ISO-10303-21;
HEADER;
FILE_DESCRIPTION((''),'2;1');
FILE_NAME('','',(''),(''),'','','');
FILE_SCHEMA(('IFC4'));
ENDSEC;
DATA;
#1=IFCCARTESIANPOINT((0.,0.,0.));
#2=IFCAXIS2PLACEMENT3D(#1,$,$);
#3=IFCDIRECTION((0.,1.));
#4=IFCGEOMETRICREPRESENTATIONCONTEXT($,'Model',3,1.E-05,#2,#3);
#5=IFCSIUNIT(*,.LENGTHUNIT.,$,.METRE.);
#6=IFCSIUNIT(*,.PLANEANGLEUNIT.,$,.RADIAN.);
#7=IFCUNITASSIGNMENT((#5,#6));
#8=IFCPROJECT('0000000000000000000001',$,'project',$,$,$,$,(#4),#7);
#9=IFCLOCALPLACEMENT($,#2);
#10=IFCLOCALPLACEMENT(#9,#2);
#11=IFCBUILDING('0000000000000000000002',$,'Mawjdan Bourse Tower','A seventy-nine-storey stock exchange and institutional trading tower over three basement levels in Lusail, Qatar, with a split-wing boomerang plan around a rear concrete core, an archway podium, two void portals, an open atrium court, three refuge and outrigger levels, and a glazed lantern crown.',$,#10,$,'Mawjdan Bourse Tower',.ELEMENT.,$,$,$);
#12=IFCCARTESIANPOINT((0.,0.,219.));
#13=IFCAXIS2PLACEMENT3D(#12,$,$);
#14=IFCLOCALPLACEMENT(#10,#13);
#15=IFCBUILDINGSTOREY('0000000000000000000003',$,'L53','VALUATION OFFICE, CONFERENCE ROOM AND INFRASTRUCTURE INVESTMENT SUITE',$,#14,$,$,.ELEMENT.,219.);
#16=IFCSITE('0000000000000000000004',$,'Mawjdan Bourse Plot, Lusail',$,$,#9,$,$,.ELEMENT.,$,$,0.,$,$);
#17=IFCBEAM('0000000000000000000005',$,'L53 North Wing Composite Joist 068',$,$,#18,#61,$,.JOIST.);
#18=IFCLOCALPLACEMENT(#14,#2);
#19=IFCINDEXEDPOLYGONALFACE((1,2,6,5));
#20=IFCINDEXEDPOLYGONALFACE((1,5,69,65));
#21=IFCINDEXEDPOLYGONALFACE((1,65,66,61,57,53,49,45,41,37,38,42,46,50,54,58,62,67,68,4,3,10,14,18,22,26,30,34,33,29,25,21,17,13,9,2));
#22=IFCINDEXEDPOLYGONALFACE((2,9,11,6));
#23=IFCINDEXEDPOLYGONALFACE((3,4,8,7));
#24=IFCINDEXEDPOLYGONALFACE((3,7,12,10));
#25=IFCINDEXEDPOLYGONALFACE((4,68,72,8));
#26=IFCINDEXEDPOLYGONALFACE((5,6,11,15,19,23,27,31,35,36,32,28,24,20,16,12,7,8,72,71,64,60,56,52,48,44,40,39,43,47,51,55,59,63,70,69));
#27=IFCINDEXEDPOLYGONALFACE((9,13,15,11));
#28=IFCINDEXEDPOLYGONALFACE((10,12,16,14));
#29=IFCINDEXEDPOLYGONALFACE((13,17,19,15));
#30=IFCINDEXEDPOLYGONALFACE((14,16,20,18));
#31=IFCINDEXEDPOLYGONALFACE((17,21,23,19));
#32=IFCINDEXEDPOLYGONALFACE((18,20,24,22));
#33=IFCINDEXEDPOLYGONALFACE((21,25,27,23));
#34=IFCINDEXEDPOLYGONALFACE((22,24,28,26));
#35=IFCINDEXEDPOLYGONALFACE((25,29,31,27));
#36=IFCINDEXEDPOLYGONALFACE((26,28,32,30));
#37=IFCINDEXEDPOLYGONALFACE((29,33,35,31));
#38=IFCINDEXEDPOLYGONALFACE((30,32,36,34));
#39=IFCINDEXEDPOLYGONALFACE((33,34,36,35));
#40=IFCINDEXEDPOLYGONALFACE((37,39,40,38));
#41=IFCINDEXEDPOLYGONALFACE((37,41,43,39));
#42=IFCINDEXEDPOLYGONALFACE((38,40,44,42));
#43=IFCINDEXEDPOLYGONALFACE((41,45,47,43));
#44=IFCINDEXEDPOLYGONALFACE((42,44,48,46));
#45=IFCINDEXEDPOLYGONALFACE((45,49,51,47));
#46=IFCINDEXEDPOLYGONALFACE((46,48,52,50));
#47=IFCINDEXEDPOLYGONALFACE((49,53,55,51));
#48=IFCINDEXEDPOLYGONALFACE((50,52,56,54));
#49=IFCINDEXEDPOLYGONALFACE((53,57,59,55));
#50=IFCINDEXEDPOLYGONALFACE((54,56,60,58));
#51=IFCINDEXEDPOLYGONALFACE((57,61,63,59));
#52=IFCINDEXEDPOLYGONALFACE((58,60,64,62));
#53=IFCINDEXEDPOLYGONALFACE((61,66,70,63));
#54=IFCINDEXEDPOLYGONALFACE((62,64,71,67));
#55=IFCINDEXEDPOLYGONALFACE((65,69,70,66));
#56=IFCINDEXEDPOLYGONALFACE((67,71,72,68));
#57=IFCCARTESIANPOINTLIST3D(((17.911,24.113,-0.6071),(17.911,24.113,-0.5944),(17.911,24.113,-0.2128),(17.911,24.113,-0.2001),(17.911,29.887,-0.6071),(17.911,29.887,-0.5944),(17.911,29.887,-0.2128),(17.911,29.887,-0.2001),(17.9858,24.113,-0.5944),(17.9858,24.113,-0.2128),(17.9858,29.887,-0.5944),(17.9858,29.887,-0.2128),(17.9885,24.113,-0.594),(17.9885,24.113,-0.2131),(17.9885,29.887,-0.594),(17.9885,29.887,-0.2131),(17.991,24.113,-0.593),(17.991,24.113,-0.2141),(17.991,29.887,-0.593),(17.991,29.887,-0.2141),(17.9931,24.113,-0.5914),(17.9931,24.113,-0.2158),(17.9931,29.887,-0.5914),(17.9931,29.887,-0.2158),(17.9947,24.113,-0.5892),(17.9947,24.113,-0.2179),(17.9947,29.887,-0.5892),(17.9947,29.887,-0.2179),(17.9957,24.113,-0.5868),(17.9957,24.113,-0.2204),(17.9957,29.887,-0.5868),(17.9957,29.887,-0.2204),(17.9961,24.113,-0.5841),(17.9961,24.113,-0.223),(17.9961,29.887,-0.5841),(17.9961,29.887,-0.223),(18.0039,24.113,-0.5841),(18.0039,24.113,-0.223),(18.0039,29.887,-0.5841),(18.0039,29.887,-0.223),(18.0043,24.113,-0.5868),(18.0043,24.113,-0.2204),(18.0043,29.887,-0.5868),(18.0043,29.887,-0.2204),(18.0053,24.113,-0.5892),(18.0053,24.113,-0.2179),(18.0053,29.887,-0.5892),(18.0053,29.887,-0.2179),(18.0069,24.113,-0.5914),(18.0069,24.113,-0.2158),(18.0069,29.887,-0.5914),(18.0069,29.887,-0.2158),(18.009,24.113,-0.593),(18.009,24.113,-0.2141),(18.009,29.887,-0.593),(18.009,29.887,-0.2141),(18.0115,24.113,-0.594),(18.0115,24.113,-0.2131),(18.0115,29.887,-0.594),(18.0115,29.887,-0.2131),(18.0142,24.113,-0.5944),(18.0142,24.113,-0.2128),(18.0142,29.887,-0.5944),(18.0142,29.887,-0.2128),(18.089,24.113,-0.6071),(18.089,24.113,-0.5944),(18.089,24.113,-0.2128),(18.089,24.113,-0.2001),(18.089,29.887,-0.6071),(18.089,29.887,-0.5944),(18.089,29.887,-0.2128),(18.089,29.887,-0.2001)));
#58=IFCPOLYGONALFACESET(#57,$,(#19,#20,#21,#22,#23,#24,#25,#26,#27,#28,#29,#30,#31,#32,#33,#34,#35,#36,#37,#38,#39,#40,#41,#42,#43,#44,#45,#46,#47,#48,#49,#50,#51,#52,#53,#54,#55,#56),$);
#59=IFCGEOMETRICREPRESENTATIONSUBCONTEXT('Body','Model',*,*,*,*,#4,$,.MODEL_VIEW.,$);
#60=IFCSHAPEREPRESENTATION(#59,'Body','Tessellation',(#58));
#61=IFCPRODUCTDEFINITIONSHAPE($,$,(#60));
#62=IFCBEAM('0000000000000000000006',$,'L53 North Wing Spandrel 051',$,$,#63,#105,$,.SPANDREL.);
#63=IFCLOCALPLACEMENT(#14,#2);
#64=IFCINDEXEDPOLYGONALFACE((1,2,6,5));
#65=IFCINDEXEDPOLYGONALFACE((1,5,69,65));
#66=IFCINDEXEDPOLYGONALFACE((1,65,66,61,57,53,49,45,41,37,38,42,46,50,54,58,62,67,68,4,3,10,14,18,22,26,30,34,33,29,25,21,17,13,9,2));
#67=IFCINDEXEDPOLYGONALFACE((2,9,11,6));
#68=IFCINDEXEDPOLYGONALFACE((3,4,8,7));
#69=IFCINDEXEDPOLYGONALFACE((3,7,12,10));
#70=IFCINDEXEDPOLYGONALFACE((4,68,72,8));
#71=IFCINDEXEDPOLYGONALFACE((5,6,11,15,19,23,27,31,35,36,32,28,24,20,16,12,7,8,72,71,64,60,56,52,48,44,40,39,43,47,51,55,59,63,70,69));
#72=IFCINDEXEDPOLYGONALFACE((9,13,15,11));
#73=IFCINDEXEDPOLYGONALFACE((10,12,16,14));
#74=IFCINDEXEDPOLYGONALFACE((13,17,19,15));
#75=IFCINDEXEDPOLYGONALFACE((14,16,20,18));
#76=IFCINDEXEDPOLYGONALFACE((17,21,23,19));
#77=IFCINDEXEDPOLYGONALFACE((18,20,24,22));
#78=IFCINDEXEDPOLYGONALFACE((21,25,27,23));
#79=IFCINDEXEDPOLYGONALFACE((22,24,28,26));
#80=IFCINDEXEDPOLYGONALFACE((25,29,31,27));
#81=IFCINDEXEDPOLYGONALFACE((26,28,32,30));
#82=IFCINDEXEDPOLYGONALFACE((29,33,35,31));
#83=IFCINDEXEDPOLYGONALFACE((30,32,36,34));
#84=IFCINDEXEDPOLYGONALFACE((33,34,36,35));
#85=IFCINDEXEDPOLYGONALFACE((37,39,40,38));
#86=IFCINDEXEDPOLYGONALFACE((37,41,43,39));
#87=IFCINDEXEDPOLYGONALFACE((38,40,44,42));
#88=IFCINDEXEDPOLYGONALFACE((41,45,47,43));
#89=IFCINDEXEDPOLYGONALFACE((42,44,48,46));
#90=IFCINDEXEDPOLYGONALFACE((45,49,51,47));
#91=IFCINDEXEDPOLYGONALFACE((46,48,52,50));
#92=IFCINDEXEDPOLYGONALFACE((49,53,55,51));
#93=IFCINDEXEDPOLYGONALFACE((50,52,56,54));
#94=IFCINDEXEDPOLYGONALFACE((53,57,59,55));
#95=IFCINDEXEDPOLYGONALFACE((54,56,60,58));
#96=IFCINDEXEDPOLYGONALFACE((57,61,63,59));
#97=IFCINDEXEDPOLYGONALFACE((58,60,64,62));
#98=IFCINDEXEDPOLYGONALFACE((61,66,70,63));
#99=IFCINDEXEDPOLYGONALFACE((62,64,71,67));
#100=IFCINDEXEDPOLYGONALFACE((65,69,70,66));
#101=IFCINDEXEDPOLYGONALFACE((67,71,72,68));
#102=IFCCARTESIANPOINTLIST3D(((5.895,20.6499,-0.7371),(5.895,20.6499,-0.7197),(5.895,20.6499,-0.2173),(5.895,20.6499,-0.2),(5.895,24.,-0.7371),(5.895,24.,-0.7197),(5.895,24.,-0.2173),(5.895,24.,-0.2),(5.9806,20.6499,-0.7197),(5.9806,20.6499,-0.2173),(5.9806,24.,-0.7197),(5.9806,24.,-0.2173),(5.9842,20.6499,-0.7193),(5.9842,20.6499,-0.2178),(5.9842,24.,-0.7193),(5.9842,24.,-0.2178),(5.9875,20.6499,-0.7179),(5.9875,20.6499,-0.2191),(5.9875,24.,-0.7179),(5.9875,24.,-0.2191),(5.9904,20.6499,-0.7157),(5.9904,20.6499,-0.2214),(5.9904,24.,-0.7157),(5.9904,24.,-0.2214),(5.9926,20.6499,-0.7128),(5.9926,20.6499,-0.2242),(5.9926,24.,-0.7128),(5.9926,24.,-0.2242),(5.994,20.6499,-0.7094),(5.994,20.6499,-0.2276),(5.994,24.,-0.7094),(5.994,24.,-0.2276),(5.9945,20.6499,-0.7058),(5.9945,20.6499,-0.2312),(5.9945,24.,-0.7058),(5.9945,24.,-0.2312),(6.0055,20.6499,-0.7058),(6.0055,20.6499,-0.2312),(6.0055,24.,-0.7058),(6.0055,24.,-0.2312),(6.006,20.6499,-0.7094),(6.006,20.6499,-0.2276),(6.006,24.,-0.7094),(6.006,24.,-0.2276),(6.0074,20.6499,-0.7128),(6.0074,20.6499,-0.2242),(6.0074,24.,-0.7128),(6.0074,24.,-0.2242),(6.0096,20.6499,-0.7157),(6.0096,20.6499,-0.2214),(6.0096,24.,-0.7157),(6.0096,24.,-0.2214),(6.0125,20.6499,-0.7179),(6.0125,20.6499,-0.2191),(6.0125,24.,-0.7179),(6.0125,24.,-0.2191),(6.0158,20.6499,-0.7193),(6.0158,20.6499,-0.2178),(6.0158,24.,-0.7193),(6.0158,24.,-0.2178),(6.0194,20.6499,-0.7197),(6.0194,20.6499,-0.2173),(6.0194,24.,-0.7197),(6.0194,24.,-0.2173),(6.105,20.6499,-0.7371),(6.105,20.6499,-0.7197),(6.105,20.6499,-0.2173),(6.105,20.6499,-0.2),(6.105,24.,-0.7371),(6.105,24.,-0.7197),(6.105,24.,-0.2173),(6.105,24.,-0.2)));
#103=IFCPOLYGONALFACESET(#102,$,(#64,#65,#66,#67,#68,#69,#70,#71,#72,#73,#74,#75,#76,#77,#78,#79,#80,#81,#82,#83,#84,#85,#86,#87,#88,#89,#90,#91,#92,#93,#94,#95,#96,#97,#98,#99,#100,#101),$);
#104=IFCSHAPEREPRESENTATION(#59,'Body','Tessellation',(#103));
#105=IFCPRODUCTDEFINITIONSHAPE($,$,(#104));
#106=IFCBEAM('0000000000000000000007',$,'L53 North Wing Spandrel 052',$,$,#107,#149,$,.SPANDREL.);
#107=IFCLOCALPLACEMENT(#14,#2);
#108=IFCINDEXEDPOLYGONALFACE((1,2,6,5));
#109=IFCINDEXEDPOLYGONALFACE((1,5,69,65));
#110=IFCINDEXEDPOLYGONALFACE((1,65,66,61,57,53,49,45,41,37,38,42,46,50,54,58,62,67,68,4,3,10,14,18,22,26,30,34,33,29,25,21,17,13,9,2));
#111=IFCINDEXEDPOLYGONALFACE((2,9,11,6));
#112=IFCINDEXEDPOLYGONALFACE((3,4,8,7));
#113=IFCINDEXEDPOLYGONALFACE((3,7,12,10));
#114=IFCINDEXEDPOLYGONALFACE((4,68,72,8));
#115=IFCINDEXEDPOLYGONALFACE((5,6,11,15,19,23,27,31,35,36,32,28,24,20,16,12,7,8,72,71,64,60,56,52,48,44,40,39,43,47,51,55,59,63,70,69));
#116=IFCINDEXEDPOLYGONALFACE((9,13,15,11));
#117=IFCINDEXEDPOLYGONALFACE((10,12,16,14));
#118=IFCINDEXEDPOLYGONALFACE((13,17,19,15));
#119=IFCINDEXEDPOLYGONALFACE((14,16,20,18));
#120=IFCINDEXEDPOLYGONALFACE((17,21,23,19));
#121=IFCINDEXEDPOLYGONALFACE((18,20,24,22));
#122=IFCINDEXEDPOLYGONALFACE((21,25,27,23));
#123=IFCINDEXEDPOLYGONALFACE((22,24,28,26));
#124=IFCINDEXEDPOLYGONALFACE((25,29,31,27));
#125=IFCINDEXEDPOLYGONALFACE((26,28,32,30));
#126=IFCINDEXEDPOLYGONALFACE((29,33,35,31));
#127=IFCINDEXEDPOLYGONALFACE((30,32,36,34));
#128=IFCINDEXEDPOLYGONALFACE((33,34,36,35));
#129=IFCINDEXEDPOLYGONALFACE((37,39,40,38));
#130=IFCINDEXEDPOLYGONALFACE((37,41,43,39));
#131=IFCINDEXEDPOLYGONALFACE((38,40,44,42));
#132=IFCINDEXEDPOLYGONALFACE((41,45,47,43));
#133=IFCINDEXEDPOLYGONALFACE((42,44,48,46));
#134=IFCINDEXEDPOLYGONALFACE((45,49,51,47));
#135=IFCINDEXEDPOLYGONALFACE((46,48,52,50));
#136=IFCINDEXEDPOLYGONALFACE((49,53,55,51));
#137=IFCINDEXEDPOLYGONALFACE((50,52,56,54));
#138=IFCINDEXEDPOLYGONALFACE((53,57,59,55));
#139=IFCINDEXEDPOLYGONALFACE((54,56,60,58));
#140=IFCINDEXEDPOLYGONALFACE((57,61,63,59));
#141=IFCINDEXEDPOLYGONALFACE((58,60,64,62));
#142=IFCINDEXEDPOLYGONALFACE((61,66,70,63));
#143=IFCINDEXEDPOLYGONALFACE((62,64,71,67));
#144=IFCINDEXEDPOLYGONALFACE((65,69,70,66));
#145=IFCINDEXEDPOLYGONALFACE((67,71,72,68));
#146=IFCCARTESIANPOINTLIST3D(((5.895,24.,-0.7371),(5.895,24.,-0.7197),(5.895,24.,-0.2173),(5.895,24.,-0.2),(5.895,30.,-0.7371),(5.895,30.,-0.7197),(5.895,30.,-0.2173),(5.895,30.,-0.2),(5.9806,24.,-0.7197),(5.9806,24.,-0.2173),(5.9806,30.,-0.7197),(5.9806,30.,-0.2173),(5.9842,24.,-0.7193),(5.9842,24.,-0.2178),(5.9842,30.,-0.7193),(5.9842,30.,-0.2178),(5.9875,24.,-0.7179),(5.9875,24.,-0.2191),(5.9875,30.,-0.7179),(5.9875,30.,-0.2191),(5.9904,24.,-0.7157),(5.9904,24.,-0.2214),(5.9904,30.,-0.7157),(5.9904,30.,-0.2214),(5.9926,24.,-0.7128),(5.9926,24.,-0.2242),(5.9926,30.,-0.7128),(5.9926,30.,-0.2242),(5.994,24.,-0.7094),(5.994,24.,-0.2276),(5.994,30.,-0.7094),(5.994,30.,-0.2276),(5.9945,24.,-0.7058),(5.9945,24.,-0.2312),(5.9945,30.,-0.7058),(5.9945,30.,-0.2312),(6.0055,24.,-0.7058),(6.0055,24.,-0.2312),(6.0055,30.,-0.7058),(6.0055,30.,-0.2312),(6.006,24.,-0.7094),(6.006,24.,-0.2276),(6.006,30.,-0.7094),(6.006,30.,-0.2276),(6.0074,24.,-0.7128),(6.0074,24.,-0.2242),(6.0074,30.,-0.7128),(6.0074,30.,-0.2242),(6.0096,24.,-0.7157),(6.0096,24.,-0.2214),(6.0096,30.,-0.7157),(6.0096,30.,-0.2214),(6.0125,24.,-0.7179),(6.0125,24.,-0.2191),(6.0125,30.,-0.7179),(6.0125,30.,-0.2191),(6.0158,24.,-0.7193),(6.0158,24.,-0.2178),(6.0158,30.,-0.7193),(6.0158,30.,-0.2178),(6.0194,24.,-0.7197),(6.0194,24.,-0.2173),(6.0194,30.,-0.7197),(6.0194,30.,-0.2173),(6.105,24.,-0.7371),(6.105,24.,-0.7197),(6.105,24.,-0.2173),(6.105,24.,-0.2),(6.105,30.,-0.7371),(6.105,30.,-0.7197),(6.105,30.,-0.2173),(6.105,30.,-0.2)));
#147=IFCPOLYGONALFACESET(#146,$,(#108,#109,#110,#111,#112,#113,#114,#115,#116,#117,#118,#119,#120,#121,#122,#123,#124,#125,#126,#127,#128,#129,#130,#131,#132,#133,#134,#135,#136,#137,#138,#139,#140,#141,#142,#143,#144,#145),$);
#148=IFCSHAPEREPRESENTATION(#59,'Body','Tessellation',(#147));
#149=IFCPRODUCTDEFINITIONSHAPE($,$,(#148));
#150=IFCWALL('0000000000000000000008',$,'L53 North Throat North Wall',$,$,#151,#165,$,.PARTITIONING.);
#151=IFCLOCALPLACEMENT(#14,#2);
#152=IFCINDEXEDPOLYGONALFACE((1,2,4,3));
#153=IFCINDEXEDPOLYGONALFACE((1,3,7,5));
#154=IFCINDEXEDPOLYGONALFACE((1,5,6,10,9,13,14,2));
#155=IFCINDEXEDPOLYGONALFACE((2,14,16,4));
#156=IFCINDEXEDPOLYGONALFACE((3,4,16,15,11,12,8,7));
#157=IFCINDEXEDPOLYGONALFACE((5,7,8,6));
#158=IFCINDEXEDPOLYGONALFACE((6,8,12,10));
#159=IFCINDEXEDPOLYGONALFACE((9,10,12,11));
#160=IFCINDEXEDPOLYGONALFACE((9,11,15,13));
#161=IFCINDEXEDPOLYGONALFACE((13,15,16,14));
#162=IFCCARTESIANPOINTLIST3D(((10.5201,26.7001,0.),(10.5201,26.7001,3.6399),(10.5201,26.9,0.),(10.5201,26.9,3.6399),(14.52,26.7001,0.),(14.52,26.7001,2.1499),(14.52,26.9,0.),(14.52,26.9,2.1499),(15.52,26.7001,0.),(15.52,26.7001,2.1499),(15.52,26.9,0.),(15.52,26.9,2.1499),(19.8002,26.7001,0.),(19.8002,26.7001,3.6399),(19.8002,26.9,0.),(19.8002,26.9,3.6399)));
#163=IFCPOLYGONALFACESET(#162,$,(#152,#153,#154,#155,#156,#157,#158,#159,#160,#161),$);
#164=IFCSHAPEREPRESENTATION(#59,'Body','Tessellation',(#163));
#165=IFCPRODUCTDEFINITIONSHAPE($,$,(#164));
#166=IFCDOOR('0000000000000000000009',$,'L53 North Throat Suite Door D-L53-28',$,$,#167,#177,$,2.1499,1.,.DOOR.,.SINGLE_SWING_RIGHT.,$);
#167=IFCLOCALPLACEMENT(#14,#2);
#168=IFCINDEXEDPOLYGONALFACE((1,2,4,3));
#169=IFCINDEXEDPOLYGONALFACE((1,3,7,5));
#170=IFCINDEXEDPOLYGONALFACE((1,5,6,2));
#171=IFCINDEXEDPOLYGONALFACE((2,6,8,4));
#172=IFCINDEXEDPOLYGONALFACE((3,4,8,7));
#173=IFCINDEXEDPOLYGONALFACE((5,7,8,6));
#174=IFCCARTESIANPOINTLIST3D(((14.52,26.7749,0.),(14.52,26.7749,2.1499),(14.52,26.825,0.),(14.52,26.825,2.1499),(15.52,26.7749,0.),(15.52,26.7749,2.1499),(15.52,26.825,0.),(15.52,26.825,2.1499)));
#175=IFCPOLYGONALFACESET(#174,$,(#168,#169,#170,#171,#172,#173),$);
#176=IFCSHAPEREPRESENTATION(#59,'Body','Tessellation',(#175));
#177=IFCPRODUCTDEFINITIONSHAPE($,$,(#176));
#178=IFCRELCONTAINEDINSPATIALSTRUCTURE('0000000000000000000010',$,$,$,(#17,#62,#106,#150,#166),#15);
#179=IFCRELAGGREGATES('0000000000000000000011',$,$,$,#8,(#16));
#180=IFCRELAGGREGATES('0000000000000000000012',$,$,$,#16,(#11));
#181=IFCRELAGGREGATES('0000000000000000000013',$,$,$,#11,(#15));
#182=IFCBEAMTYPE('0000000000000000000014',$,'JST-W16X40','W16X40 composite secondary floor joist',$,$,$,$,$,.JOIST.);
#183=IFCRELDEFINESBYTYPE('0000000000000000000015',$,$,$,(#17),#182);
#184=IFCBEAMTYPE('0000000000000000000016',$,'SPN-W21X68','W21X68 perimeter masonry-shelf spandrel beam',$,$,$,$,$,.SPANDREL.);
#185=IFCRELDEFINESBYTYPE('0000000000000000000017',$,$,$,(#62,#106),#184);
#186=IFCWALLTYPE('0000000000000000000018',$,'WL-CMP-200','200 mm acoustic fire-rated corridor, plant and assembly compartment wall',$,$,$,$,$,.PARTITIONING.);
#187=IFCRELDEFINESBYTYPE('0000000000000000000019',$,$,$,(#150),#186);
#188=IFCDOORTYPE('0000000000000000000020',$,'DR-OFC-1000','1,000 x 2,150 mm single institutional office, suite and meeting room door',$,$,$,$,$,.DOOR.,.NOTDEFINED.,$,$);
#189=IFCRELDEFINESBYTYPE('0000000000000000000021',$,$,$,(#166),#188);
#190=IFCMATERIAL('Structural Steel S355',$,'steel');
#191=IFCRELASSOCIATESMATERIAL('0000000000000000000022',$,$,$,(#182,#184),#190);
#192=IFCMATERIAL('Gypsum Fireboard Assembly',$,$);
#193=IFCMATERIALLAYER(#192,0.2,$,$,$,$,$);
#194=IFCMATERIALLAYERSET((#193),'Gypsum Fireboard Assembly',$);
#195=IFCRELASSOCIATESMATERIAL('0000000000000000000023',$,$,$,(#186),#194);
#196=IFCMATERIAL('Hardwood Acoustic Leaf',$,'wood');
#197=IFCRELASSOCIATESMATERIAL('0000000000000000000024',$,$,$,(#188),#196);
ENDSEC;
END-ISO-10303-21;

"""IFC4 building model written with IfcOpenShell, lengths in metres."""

from ifc_helpers import new_model, si_unit, direction, frame, frame_2d, origin, origin_2d, place, context, subcontext, project, spatial, rectangle, i_section, extrude, material, layer, layer_set, material_profile, profile_set, type_object, element, fill, save


model = new_model("IFC4")

# Units and contexts
model_context = context("Model", 3, precision=1e-05, world=origin(), true_north=direction((0.0, 1.0)))
body_context = subcontext(model_context, "Body", "Model", "MODEL_VIEW")
ifc_project = project(units=[si_unit("LENGTHUNIT", "METRE"), si_unit("PLANEANGLEUNIT", "RADIAN")], contexts=[model_context])

# Site, building, storey
site_placement = place(None, origin())
site = spatial("IfcSite", under=ifc_project, at=site_placement, Name="Mawjdan Bourse Plot, Lusail", CompositionType="ELEMENT", RefElevation=0.0)
building_placement = place(site_placement, origin())
building = spatial("IfcBuilding", under=site, at=building_placement, Name="Mawjdan Bourse Tower", Description="A seventy-nine-storey stock exchange and institutional trading tower over three basement levels in Lusail, Qatar, with a split-wing boomerang plan around a rear concrete core, an archway podium, two void portals, an open atrium court, three refuge and outrigger levels, and a glazed lantern crown.", LongName="Mawjdan Bourse Tower", CompositionType="ELEMENT")
storey_placement = place(building_placement, frame((0.0, 0.0, 219.0)))
storey = spatial("IfcBuildingStorey", under=building, at=storey_placement, Name="L53", Description="VALUATION OFFICE, CONFERENCE ROOM AND INFRASTRUCTURE INVESTMENT SUITE", CompositionType="ELEMENT", Elevation=219.0)

# Beams
ifc_material_1 = material(Name="Structural Steel S355", Category="steel")
ifc_material_profile_1 = material_profile(ifc_material_1, i_section(OverallWidth=0.178, OverallDepth=0.407, WebThickness=0.0078, FlangeThickness=0.0127, FilletRadius=0.0103, at=origin_2d()), Name="W16X40")
ifc_profile_set_1 = profile_set([ifc_material_profile_1], Name="Structural Steel S355")
beam_type_1 = type_object("IfcBeamType", Name="JST-W16X40", Description="W16X40 composite secondary floor joist", PredefinedType="JOIST", material=ifc_profile_set_1)
beam_1_placement = place(storey_placement, frame((18.0, 24.113, -0.4036), z_axis=(0.0, 1.0, 0.0), x_axis=(-1.0, 0.0, 0.0)))
element("IfcBeam", 1, at=beam_1_placement, inside=storey, type_object=beam_type_1, Name="L53 North Wing Composite Joist 068", PredefinedType="JOIST", context=body_context, shape_type="SweptSolid", body=[
    extrude(i_section(OverallWidth=0.178, OverallDepth=0.407, WebThickness=0.0078, FlangeThickness=0.0127, FilletRadius=0.0103, at=origin_2d()), origin(), (0.0, 0.0, 1.0), 5.7739),
])
ifc_material_profile_2 = material_profile(ifc_material_1, i_section(OverallWidth=0.21, OverallDepth=0.5371, WebThickness=0.011, FlangeThickness=0.0173, FilletRadius=0.0139, at=origin_2d()), Name="W21X68")
ifc_profile_set_2 = profile_set([ifc_material_profile_2], Name="Structural Steel S355")
beam_type_2 = type_object("IfcBeamType", Name="SPN-W21X68", Description="W21X68 perimeter masonry-shelf spandrel beam", PredefinedType="SPANDREL", material=ifc_profile_set_2)
beam_2_placement = place(storey_placement, frame((6.0, 20.6499, -0.4685), z_axis=(0.0, 1.0, 0.0), x_axis=(-1.0, 0.0, 0.0)))
element("IfcBeam", 2, at=beam_2_placement, inside=storey, type_object=beam_type_2, Name="L53 North Wing Spandrel 051", PredefinedType="SPANDREL", context=body_context, shape_type="SweptSolid", body=[
    extrude(i_section(OverallWidth=0.21, OverallDepth=0.5371, WebThickness=0.011, FlangeThickness=0.0173, FilletRadius=0.0139, at=origin_2d()), origin(), (0.0, 0.0, 1.0), 3.3501),
])
beam_3_placement = place(storey_placement, frame((6.0, 24.0, -0.4685), z_axis=(0.0, 1.0, 0.0), x_axis=(-1.0, 0.0, 0.0)))
element("IfcBeam", 3, at=beam_3_placement, inside=storey, type_object=beam_type_2, Name="L53 North Wing Spandrel 052", PredefinedType="SPANDREL", context=body_context, shape_type="SweptSolid", body=[
    extrude(i_section(OverallWidth=0.21, OverallDepth=0.5371, WebThickness=0.011, FlangeThickness=0.0173, FilletRadius=0.0139, at=origin_2d()), origin(), (0.0, 0.0, 1.0), 6.0),
])

# Wall, opening, door
ifc_material_2 = material(Name="Gypsum Fireboard Assembly")
ifc_layer_1 = layer(ifc_material_2, 0.2)
ifc_layer_set_1 = layer_set([ifc_layer_1], Name="Gypsum Fireboard Assembly")
wall_type_1 = type_object("IfcWallType", Name="WL-CMP-200", Description="200 mm acoustic fire-rated corridor, plant and assembly compartment wall", PredefinedType="PARTITIONING", material=ifc_layer_set_1)
wall_1_placement = place(storey_placement, frame((10.52, 26.8, 0.0), z_axis=(0.0, 0.0, 1.0), x_axis=(1.0, 0.0, 0.0)))
wall_1 = element("IfcWall", 4, at=wall_1_placement, inside=storey, type_object=wall_type_1, Name="L53 North Throat North Wall", PredefinedType="PARTITIONING", context=body_context, shape_type="SweptSolid", body=[
    extrude(rectangle(XDim=9.28, YDim=0.2, at=frame_2d((4.6401, 0.0))), origin(), (0.0, 0.0, 1.0), 3.6399),
])
opening_1_placement = place(wall_1_placement, frame((4.0, 0.0, 0.0)))
opening_1 = element("IfcOpeningElement", 5, at=opening_1_placement, cuts=wall_1, PredefinedType="OPENING", context=body_context, shape_type="SweptSolid", body=[
    extrude(rectangle(XDim=1.0, YDim=2.1499, at=frame_2d((0.5, 1.075))), frame((0.0, 0.1099, 0.0), z_axis=(0.0, -1.0, 0.0), x_axis=(1.0, 0.0, 0.0)), (0.0, 0.0, 1.0), 0.22),
])
ifc_material_3 = material(Name="Hardwood Acoustic Leaf", Category="wood")
door_type_1 = type_object("IfcDoorType", Name="DR-OFC-1000", Description="1,000 x 2,150 mm single institutional office, suite and meeting room door", OperationType="NOTDEFINED", PredefinedType="DOOR", material=ifc_material_3)
door_1_placement = place(opening_1_placement, origin())
door_1 = element("IfcDoor", 6, at=door_1_placement, inside=storey, type_object=door_type_1, Name="L53 North Throat Suite Door D-L53-28", OperationType="SINGLE_SWING_RIGHT", OverallHeight=2.1499, OverallWidth=1.0, PredefinedType="DOOR", context=body_context, shape_type="SweptSolid", body=[
    extrude(rectangle(XDim=1.0, YDim=2.1499, at=frame_2d((0.5, 1.075))), frame((0.0, 0.0249, 0.0), z_axis=(0.0, -1.0, 0.0), x_axis=(1.0, 0.0, 0.0)), (0.0, 0.0, 1.0), 0.05),
])
fill(opening_1, door_1)

save(model, "model.ifc")
